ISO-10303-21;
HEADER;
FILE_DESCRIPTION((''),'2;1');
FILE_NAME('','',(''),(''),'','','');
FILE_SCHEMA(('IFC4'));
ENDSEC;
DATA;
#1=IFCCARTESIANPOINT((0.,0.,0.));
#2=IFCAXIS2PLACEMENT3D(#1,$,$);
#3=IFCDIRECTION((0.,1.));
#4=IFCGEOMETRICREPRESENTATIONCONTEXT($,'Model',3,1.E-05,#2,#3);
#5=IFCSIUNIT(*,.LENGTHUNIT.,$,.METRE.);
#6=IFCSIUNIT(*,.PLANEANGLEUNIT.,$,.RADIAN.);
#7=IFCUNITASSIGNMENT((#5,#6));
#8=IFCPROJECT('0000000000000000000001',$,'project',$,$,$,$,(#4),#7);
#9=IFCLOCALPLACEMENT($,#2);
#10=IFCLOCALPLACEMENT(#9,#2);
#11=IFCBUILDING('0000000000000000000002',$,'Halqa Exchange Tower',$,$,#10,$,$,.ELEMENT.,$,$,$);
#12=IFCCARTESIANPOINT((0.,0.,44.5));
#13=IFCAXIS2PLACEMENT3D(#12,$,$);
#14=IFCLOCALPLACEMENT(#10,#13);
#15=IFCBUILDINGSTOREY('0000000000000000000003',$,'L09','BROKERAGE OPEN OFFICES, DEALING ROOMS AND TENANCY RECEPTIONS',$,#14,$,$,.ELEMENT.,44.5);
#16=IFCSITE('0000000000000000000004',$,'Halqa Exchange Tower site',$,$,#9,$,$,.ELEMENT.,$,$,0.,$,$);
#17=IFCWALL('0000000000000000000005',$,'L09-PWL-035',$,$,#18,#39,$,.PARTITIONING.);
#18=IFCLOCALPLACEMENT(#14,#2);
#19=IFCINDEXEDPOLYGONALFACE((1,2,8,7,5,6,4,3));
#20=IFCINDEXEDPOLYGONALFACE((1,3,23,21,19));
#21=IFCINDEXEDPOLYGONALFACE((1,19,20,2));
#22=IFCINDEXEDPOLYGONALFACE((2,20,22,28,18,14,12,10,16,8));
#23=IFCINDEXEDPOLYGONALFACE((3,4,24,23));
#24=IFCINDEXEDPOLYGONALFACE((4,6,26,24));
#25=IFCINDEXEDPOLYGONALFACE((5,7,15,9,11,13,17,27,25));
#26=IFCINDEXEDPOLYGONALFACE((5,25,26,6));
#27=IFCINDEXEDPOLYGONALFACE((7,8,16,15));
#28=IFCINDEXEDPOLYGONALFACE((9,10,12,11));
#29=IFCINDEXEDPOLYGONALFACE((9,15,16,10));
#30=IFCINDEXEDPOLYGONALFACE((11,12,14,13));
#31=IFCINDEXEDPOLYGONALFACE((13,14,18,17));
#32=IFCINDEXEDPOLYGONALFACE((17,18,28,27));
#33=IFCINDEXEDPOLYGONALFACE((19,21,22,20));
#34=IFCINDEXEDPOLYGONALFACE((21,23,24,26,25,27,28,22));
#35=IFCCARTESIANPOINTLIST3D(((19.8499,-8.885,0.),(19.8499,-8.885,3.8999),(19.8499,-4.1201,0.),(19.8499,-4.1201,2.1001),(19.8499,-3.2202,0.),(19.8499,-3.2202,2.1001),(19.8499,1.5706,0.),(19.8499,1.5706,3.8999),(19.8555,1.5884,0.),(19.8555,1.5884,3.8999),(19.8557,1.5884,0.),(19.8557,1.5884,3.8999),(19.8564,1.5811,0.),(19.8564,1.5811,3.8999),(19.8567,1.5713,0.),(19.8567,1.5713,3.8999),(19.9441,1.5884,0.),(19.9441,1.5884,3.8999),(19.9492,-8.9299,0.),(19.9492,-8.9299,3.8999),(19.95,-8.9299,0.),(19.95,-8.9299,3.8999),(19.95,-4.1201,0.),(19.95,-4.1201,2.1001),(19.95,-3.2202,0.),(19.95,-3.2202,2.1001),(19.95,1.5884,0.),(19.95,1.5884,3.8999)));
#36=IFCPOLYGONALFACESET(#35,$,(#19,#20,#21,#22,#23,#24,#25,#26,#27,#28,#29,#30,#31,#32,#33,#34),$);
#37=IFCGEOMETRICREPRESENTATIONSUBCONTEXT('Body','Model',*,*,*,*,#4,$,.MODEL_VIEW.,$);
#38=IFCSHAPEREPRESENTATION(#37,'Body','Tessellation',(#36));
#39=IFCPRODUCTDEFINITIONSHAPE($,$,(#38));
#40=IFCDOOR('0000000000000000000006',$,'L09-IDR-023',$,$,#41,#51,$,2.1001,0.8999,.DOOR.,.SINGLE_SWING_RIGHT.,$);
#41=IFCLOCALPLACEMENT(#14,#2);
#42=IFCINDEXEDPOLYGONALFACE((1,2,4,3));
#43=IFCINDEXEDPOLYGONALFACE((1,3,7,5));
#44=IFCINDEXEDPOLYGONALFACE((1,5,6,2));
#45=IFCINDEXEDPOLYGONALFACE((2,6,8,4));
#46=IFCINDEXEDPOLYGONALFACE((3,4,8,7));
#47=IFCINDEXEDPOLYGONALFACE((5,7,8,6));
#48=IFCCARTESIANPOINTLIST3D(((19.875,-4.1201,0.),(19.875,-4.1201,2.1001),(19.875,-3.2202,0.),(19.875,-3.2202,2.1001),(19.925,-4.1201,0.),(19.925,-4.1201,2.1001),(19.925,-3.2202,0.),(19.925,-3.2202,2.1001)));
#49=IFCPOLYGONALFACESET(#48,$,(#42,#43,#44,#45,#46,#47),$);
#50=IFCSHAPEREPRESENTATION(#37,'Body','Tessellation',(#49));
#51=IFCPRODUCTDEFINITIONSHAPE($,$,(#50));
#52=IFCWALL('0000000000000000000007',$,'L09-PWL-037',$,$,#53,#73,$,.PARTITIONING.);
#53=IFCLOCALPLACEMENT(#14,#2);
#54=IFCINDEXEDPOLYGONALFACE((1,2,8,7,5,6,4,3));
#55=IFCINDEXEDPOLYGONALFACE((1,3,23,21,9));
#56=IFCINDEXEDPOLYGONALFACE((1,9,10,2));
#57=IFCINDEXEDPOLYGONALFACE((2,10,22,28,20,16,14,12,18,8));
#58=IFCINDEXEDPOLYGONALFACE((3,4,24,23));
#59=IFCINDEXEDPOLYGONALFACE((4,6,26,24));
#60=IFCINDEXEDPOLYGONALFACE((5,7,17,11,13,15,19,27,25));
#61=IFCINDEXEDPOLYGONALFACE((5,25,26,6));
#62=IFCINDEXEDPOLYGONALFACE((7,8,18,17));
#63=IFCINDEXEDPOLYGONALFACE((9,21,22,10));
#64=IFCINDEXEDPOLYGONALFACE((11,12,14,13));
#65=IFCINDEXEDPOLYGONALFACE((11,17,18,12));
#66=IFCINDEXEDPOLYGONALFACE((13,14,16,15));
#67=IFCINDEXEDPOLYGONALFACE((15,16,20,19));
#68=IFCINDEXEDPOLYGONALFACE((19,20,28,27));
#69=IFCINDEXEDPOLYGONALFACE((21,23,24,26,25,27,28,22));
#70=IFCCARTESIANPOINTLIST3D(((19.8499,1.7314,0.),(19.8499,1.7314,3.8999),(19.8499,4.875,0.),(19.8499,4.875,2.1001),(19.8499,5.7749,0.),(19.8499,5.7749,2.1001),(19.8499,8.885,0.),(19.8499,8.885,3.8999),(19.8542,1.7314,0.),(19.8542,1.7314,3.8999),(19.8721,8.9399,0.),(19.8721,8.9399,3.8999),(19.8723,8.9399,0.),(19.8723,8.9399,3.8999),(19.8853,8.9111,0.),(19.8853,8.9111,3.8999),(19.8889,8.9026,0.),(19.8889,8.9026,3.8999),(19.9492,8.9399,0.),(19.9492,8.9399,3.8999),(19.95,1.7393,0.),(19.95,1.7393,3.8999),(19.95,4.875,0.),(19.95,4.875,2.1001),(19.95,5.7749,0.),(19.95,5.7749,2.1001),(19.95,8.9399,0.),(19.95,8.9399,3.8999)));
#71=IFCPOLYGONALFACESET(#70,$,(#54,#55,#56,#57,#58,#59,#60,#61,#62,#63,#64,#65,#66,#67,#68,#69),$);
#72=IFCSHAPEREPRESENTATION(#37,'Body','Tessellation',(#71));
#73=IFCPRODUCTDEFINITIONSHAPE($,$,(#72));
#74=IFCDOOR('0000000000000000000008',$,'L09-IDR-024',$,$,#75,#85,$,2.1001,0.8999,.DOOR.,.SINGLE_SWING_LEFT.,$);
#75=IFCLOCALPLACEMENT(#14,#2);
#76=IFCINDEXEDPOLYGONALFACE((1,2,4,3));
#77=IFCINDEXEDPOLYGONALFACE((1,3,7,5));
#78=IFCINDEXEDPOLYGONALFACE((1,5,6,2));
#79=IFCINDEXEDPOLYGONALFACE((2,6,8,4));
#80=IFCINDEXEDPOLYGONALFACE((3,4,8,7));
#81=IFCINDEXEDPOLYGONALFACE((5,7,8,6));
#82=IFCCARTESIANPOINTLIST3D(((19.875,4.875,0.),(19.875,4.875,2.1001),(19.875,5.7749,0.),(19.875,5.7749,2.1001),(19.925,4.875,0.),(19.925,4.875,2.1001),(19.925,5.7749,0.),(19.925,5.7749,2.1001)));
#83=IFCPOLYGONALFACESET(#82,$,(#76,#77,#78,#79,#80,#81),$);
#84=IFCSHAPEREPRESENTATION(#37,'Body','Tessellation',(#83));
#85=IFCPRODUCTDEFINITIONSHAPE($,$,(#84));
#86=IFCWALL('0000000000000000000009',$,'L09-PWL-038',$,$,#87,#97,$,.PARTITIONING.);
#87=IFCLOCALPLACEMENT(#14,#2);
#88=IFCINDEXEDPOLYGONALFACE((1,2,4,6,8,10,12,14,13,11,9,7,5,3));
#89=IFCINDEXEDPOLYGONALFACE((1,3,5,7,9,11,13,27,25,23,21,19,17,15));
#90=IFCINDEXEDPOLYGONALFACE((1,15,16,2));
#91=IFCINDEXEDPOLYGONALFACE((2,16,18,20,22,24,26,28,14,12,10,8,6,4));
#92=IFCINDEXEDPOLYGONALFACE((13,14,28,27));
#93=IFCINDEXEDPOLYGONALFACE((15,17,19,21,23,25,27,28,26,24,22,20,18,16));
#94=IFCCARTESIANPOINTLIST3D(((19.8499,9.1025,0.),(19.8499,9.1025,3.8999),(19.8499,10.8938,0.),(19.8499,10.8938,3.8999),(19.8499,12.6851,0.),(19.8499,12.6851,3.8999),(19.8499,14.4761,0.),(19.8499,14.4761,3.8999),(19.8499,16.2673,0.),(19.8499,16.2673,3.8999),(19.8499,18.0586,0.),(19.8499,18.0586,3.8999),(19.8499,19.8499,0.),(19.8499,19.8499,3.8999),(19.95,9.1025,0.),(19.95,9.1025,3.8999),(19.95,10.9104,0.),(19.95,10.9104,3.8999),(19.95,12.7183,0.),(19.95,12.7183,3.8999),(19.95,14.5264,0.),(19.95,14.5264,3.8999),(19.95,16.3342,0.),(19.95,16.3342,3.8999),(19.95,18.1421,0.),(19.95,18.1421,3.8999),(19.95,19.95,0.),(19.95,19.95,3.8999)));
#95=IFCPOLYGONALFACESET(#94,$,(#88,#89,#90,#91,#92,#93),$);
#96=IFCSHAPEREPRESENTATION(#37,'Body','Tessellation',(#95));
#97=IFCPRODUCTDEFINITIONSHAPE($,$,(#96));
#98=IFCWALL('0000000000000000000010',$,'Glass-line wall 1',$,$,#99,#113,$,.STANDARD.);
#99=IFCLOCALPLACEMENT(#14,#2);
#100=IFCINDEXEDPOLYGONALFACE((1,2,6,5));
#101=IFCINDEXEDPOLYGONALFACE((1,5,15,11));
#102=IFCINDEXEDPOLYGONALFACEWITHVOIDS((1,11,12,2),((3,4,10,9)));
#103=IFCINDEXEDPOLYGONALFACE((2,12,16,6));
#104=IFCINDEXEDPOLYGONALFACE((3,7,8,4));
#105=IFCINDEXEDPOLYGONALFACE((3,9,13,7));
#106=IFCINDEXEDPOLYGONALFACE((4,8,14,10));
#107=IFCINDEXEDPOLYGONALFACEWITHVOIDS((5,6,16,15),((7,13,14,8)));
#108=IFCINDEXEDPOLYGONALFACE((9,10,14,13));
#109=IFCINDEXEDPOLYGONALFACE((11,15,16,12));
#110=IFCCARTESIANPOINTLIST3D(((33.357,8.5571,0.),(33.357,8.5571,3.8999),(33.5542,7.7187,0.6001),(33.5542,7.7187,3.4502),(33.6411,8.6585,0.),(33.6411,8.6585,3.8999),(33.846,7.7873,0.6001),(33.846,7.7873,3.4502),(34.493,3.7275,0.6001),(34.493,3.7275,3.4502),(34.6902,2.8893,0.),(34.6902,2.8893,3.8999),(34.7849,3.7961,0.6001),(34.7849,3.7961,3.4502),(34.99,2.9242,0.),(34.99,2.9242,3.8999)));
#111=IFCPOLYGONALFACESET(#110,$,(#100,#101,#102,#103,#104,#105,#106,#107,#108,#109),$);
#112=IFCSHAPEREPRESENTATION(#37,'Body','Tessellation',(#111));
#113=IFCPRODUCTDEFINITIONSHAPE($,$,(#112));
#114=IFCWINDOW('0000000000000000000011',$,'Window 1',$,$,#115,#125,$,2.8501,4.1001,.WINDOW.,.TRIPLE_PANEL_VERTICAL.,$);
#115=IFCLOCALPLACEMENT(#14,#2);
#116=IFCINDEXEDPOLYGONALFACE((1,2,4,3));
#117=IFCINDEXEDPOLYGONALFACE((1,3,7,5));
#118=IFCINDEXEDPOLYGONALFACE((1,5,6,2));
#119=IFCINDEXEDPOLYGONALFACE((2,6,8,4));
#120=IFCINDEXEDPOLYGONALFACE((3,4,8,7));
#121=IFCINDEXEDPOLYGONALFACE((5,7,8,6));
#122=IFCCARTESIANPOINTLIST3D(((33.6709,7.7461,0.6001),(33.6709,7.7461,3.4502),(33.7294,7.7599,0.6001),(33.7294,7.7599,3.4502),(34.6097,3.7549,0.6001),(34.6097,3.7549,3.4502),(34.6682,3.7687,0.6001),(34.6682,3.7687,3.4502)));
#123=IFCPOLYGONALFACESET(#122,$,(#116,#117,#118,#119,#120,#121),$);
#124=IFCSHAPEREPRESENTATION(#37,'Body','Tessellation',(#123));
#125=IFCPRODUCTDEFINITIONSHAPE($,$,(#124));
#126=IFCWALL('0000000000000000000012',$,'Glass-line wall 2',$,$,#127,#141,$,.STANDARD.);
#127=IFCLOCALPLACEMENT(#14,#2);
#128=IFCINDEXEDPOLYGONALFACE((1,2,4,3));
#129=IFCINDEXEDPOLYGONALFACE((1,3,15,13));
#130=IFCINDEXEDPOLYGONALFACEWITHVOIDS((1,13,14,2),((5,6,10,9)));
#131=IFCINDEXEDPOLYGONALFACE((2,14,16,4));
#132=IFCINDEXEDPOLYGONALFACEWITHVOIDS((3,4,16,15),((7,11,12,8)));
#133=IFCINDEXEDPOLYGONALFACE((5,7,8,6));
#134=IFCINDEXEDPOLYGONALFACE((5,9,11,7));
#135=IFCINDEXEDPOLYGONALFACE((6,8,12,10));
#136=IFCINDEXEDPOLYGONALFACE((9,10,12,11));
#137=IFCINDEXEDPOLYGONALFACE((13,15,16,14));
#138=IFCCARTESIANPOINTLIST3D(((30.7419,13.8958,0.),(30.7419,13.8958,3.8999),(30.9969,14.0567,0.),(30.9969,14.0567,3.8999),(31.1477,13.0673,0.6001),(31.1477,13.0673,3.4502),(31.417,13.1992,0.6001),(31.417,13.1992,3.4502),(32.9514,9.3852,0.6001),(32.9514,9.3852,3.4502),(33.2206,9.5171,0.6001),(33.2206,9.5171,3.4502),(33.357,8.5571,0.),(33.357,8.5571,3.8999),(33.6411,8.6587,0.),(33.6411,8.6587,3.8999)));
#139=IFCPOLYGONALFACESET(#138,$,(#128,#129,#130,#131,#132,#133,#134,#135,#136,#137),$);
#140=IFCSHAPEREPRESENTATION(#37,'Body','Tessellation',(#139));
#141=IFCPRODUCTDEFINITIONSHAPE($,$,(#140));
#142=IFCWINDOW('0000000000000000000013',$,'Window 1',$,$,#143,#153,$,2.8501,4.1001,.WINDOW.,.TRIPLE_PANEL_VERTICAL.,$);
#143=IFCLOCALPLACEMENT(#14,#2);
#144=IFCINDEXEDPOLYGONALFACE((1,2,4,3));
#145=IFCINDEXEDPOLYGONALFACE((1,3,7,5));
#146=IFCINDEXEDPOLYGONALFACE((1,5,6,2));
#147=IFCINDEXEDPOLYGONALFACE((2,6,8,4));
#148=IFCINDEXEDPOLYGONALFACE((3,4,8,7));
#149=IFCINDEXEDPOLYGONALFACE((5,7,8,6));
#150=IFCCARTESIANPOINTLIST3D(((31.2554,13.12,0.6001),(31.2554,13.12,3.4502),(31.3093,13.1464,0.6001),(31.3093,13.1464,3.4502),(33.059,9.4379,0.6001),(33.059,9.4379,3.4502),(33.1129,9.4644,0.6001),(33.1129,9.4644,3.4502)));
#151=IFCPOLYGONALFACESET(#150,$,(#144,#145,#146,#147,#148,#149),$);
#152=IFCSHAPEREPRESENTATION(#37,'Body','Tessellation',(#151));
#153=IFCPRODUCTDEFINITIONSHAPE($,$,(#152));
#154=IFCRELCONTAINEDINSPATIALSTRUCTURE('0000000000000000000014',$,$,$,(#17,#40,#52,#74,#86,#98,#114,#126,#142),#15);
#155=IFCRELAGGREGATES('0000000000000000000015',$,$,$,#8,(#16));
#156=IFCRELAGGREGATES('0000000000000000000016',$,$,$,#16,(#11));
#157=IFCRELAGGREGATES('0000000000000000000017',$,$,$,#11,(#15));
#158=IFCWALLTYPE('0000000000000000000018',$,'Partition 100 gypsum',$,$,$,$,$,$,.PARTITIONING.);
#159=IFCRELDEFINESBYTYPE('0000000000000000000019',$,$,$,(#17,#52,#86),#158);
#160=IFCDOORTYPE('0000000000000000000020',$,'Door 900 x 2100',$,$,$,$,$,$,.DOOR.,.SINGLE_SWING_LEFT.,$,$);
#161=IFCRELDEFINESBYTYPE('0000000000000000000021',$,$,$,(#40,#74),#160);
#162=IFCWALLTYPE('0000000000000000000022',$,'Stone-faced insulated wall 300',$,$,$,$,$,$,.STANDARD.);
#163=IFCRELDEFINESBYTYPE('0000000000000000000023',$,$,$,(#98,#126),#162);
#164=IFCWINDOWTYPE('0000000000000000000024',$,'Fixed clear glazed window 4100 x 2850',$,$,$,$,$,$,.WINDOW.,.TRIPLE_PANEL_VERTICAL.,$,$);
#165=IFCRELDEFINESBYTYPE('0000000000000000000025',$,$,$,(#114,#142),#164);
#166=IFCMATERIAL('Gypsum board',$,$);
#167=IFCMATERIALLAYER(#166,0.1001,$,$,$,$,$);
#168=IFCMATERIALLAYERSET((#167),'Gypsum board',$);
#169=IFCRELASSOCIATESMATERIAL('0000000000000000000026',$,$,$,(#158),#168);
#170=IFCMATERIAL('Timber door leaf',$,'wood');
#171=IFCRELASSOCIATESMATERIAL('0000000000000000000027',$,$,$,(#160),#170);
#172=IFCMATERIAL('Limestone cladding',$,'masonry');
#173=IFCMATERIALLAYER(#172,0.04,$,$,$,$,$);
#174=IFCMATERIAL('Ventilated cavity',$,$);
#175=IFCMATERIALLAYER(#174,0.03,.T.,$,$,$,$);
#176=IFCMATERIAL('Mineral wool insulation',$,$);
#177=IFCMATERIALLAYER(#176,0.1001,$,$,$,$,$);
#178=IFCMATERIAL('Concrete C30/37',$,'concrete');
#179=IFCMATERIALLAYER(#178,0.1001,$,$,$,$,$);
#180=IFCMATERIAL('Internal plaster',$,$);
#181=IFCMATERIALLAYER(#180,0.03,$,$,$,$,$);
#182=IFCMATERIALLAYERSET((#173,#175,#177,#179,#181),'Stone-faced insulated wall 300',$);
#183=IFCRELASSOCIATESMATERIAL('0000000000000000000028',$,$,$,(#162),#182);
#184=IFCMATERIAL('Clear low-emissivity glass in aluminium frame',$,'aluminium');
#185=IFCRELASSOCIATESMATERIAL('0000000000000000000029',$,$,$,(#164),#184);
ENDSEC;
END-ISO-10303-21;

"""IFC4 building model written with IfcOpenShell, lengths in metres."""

from ifc_helpers import new_model, si_unit, direction, frame, frame_2d, origin, place, context, subcontext, project, spatial, polyline, rectangle, outline, extrude, material, layer, layer_set, type_object, element, fill, save


model = new_model("IFC4")

# Units and contexts
model_context = context("Model", 3, precision=1e-05, world=origin(), true_north=direction((0.0, 1.0)))
body_context = subcontext(model_context, "Body", "Model", "MODEL_VIEW")
ifc_project = project(units=[si_unit("LENGTHUNIT", "METRE"), si_unit("PLANEANGLEUNIT", "RADIAN")], contexts=[model_context])

# Site, building, storey
site_placement = place(None, origin())
site = spatial("IfcSite", under=ifc_project, at=site_placement, Name="Halqa Exchange Tower site", CompositionType="ELEMENT", RefElevation=0.0)
building_placement = place(site_placement, origin())
building = spatial("IfcBuilding", under=site, at=building_placement, Name="Halqa Exchange Tower", CompositionType="ELEMENT")
storey_placement = place(building_placement, frame((0.0, 0.0, 44.5)))
storey = spatial("IfcBuildingStorey", under=building, at=storey_placement, Name="L09", Description="BROKERAGE OPEN OFFICES, DEALING ROOMS AND TENANCY RECEPTIONS", CompositionType="ELEMENT", Elevation=44.5)

# Walls, openings, doors
ifc_material_1 = material(Name="Gypsum board")
ifc_layer_1 = layer(ifc_material_1, 0.1001)
ifc_layer_set_1 = layer_set([ifc_layer_1], Name="Gypsum board")
wall_type_1 = type_object("IfcWallType", Name="Partition 100 gypsum", PredefinedType="PARTITIONING", material=ifc_layer_set_1)
wall_1_placement = place(storey_placement, frame((19.8999, 1.5884, 0.0), z_axis=(0.0, 0.0, 1.0), x_axis=(0.0, -1.0, 0.0)))
wall_1 = element("IfcWall", 1, at=wall_1_placement, inside=storey, type_object=wall_type_1, Name="L09-PWL-035", PredefinedType="PARTITIONING", context=body_context, shape_type="SweptSolid", body=[
    extrude(outline(polyline([(0.0178, -0.05), (1.7603, -0.05), (3.5029, -0.05), (5.2456, -0.05), (6.9883, -0.05), (8.731, -0.05), (10.4734, -0.05), (10.5183, 0.0493), (10.5183, 0.05), (8.7651, 0.05), (7.0122, 0.05), (5.2593, 0.05), (3.5061, 0.05), (1.7529, 0.05), (0.0, 0.05), (0.0, 0.0442), (0.0073, -0.0435), (0.0, -0.0442), (0.0, -0.0444), (0.0171, -0.0432), (0.0178, -0.05)])), origin(), (0.0, 0.0, 1.0), 3.8999),
])
opening_1_placement = place(wall_1_placement, frame((4.8086, 0.0, 0.0)))
opening_1 = element("IfcOpeningElement", 2, at=opening_1_placement, cuts=wall_1, PredefinedType="OPENING", context=body_context, shape_type="SweptSolid", body=[
    extrude(rectangle(XDim=0.8999, YDim=2.1001, at=frame_2d((0.45, 1.05))), frame((0.0, 0.062, 0.0), z_axis=(0.0, -1.0, 0.0), x_axis=(1.0, 0.0, 0.0)), (0.0, 0.0, 1.0), 0.124),
])
ifc_material_2 = material(Name="Timber door leaf", Category="wood")
door_type = type_object("IfcDoorType", Name="Door 900 x 2100", OperationType="SINGLE_SWING_LEFT", PredefinedType="DOOR", material=ifc_material_2)
door_1_placement = place(opening_1_placement, frame((0.8999, 0.0, 0.0), z_axis=(0.0, 0.0, 1.0), x_axis=(-1.0, 0.0, 0.0)))
door_1 = element("IfcDoor", 3, at=door_1_placement, inside=storey, type_object=door_type, Name="L09-IDR-023", OperationType="SINGLE_SWING_RIGHT", OverallHeight=2.1001, OverallWidth=0.8999, PredefinedType="DOOR", context=body_context, shape_type="SweptSolid", body=[
    extrude(rectangle(XDim=0.8999, YDim=2.1001, at=frame_2d((0.45, 1.05))), frame((0.0, 0.0249, 0.0), z_axis=(0.0, -1.0, 0.0), x_axis=(1.0, 0.0, 0.0)), (0.0, 0.0, 1.0), 0.05),
])
fill(opening_1, door_1)
wall_2_placement = place(storey_placement, frame((19.8999, 8.9399, 0.0), z_axis=(0.0, 0.0, 1.0), x_axis=(0.0, -1.0, 0.0)))
wall_2 = element("IfcWall", 4, at=wall_2_placement, inside=storey, type_object=wall_type_1, Name="L09-PWL-037", PredefinedType="PARTITIONING", context=body_context, shape_type="SweptSolid", body=[
    extrude(outline(polyline([(7.2085, -0.05), (7.2085, -0.0457), (7.2007, 0.05), (5.4004, 0.05), (3.6003, 0.05), (1.8, 0.05), (0.0, 0.05), (0.0, 0.0493), (0.0288, -0.0146), (0.0, -0.0276), (0.0, -0.0278), (0.0374, -0.011), (0.0549, -0.05), (1.8433, -0.05), (3.6316, -0.05), (5.4202, -0.05), (7.2085, -0.05)])), origin(), (0.0, 0.0, 1.0), 3.8999),
])
opening_2_placement = place(wall_2_placement, frame((3.165, 0.0, 0.0)))
opening_2 = element("IfcOpeningElement", 5, at=opening_2_placement, cuts=wall_2, PredefinedType="OPENING", context=body_context, shape_type="SweptSolid", body=[
    extrude(rectangle(XDim=0.8999, YDim=2.1001, at=frame_2d((0.45, 1.05))), frame((0.0, 0.062, 0.0), z_axis=(0.0, -1.0, 0.0), x_axis=(1.0, 0.0, 0.0)), (0.0, 0.0, 1.0), 0.124),
])
door_2_placement = place(opening_2_placement, frame((0.8999, 0.0, 0.0), z_axis=(0.0, 0.0, 1.0), x_axis=(-1.0, 0.0, 0.0)))
door_2 = element("IfcDoor", 6, at=door_2_placement, inside=storey, type_object=door_type, Name="L09-IDR-024", OperationType="SINGLE_SWING_LEFT", OverallHeight=2.1001, OverallWidth=0.8999, PredefinedType="DOOR", context=body_context, shape_type="SweptSolid", body=[
    extrude(rectangle(XDim=0.8999, YDim=2.1001, at=frame_2d((0.45, 1.05))), frame((0.0, 0.0249, 0.0), z_axis=(0.0, -1.0, 0.0), x_axis=(1.0, 0.0, 0.0)), (0.0, 0.0, 1.0), 0.05),
])
fill(opening_2, door_2)

# Wall
wall_3_placement = place(storey_placement, frame((19.8999, 9.1025, 0.0), z_axis=(0.0, 0.0, 1.0), x_axis=(0.0, 1.0, 0.0)))
element("IfcWall", 7, at=wall_3_placement, inside=storey, type_object=wall_type_1, Name="L09-PWL-038", PredefinedType="PARTITIONING", context=body_context, shape_type="SweptSolid", body=[
    extrude(outline(polyline([(0.0, -0.05), (1.8079, -0.05), (3.6157, -0.05), (5.4238, -0.05), (7.2317, -0.05), (9.0396, -0.05), (10.8474, -0.05), (10.7473, 0.05), (8.9561, 0.05), (7.1648, 0.05), (5.3735, 0.05), (3.5825, 0.05), (1.7913, 0.05), (0.0, 0.05), (0.0, -0.05)])), origin(), (0.0, 0.0, 1.0), 3.8999),
])

# Walls, openings, windows
ifc_material_3 = material(Name="Limestone cladding", Category="masonry")
ifc_layer_2 = layer(ifc_material_3, 0.04)
ifc_material_4 = material(Name="Ventilated cavity")
ifc_layer_3 = layer(ifc_material_4, 0.03, ventilated=True)
ifc_material_5 = material(Name="Mineral wool insulation")
ifc_layer_4 = layer(ifc_material_5, 0.1001)
ifc_material_6 = material(Name="Concrete C30/37", Category="concrete")
ifc_layer_5 = layer(ifc_material_6, 0.1001)
ifc_material_7 = material(Name="Internal plaster")
ifc_layer_6 = layer(ifc_material_7, 0.03)
ifc_layer_set_2 = layer_set([ifc_layer_2, ifc_layer_3, ifc_layer_4, ifc_layer_5, ifc_layer_6], Name="Stone-faced insulated wall 300")
wall_type_2 = type_object("IfcWallType", Name="Stone-faced insulated wall 300", PredefinedType="STANDARD", material=ifc_layer_set_2)
wall_4_placement = place(storey_placement, frame((34.8401, 2.9067, 0.0), z_axis=(0.0, 0.0, 1.0), x_axis=(-0.228977, 0.973432, 0.0)))
wall_4 = element("IfcWall", 8, at=wall_4_placement, inside=storey, type_object=wall_type_2, Name="Glass-line wall 1", PredefinedType="STANDARD", context=body_context, shape_type="SweptSolid", body=[
    extrude(outline(polyline([(-0.0173, -0.1499), (5.8735, -0.1499), (5.8398, 0.1499), (0.0173, 0.1499), (-0.0173, -0.1499)])), origin(), (0.0, 0.0, 1.0), 3.8999),
])
opening_3_placement = place(wall_4_placement, frame((0.8784, 0.0, 0.6001)))
opening_3 = element("IfcOpeningElement", 9, at=opening_3_placement, cuts=wall_4, PredefinedType="OPENING", context=body_context, shape_type="SweptSolid", body=[
    extrude(rectangle(XDim=4.1001, YDim=2.8501, at=frame_2d((2.05, 1.425))), frame((0.0, 0.1621, 0.0), z_axis=(0.0, -1.0, 0.0), x_axis=(1.0, 0.0, 0.0)), (0.0, 0.0, 1.0), 0.324),
])
ifc_material_8 = material(Name="Clear low-emissivity glass in aluminium frame", Category="aluminium")
window_type = type_object("IfcWindowType", Name="Fixed clear glazed window 4100 x 2850", PartitioningType="TRIPLE_PANEL_VERTICAL", PredefinedType="WINDOW", material=ifc_material_8)
window_1_placement = place(opening_3_placement, origin())
window_1 = element("IfcWindow", 10, at=window_1_placement, inside=storey, type_object=window_type, Name="Window 1", OverallHeight=2.8501, OverallWidth=4.1001, PartitioningType="TRIPLE_PANEL_VERTICAL", PredefinedType="WINDOW", context=body_context, shape_type="SweptSolid", body=[
    extrude(rectangle(XDim=4.1001, YDim=2.8501, at=frame_2d((2.05, 1.425))), frame((0.0, 0.03, 0.0), z_axis=(0.0, -1.0, 0.0), x_axis=(1.0, 0.0, 0.0)), (0.0, 0.0, 1.0), 0.0601),
])
fill(opening_3, window_1)
wall_5_placement = place(storey_placement, frame((33.499, 8.6079, 0.0), z_axis=(0.0, 0.0, 1.0), x_axis=(-0.439896, 0.898049, 0.0)))
wall_5 = element("IfcWall", 11, at=wall_5_placement, inside=storey, type_object=wall_type_2, Name="Glass-line wall 2", PredefinedType="STANDARD", context=body_context, shape_type="SweptSolid", body=[
    extrude(outline(polyline([(-0.0168, -0.1499), (5.9939, -0.1499), (5.9617, 0.1499), (0.0168, 0.1499), (-0.0168, -0.1499)])), origin(), (0.0, 0.0, 1.0), 3.8999),
])
opening_4_placement = place(wall_5_placement, frame((0.939, 0.0, 0.6001)))
opening_4 = element("IfcOpeningElement", 12, at=opening_4_placement, cuts=wall_5, PredefinedType="OPENING", context=body_context, shape_type="SweptSolid", body=[
    extrude(rectangle(XDim=4.1001, YDim=2.8501, at=frame_2d((2.05, 1.425))), frame((0.0, 0.1621, 0.0), z_axis=(0.0, -1.0, 0.0), x_axis=(1.0, 0.0, 0.0)), (0.0, 0.0, 1.0), 0.324),
])
window_2_placement = place(opening_4_placement, origin())
window_2 = element("IfcWindow", 13, at=window_2_placement, inside=storey, type_object=window_type, Name="Window 1", OverallHeight=2.8501, OverallWidth=4.1001, PartitioningType="TRIPLE_PANEL_VERTICAL", PredefinedType="WINDOW", context=body_context, shape_type="SweptSolid", body=[
    extrude(rectangle(XDim=4.1001, YDim=2.8501, at=frame_2d((2.05, 1.425))), frame((0.0, 0.03, 0.0), z_axis=(0.0, -1.0, 0.0), x_axis=(1.0, 0.0, 0.0)), (0.0, 0.0, 1.0), 0.0601),
])
fill(opening_4, window_2)

save(model, "model.ifc")
